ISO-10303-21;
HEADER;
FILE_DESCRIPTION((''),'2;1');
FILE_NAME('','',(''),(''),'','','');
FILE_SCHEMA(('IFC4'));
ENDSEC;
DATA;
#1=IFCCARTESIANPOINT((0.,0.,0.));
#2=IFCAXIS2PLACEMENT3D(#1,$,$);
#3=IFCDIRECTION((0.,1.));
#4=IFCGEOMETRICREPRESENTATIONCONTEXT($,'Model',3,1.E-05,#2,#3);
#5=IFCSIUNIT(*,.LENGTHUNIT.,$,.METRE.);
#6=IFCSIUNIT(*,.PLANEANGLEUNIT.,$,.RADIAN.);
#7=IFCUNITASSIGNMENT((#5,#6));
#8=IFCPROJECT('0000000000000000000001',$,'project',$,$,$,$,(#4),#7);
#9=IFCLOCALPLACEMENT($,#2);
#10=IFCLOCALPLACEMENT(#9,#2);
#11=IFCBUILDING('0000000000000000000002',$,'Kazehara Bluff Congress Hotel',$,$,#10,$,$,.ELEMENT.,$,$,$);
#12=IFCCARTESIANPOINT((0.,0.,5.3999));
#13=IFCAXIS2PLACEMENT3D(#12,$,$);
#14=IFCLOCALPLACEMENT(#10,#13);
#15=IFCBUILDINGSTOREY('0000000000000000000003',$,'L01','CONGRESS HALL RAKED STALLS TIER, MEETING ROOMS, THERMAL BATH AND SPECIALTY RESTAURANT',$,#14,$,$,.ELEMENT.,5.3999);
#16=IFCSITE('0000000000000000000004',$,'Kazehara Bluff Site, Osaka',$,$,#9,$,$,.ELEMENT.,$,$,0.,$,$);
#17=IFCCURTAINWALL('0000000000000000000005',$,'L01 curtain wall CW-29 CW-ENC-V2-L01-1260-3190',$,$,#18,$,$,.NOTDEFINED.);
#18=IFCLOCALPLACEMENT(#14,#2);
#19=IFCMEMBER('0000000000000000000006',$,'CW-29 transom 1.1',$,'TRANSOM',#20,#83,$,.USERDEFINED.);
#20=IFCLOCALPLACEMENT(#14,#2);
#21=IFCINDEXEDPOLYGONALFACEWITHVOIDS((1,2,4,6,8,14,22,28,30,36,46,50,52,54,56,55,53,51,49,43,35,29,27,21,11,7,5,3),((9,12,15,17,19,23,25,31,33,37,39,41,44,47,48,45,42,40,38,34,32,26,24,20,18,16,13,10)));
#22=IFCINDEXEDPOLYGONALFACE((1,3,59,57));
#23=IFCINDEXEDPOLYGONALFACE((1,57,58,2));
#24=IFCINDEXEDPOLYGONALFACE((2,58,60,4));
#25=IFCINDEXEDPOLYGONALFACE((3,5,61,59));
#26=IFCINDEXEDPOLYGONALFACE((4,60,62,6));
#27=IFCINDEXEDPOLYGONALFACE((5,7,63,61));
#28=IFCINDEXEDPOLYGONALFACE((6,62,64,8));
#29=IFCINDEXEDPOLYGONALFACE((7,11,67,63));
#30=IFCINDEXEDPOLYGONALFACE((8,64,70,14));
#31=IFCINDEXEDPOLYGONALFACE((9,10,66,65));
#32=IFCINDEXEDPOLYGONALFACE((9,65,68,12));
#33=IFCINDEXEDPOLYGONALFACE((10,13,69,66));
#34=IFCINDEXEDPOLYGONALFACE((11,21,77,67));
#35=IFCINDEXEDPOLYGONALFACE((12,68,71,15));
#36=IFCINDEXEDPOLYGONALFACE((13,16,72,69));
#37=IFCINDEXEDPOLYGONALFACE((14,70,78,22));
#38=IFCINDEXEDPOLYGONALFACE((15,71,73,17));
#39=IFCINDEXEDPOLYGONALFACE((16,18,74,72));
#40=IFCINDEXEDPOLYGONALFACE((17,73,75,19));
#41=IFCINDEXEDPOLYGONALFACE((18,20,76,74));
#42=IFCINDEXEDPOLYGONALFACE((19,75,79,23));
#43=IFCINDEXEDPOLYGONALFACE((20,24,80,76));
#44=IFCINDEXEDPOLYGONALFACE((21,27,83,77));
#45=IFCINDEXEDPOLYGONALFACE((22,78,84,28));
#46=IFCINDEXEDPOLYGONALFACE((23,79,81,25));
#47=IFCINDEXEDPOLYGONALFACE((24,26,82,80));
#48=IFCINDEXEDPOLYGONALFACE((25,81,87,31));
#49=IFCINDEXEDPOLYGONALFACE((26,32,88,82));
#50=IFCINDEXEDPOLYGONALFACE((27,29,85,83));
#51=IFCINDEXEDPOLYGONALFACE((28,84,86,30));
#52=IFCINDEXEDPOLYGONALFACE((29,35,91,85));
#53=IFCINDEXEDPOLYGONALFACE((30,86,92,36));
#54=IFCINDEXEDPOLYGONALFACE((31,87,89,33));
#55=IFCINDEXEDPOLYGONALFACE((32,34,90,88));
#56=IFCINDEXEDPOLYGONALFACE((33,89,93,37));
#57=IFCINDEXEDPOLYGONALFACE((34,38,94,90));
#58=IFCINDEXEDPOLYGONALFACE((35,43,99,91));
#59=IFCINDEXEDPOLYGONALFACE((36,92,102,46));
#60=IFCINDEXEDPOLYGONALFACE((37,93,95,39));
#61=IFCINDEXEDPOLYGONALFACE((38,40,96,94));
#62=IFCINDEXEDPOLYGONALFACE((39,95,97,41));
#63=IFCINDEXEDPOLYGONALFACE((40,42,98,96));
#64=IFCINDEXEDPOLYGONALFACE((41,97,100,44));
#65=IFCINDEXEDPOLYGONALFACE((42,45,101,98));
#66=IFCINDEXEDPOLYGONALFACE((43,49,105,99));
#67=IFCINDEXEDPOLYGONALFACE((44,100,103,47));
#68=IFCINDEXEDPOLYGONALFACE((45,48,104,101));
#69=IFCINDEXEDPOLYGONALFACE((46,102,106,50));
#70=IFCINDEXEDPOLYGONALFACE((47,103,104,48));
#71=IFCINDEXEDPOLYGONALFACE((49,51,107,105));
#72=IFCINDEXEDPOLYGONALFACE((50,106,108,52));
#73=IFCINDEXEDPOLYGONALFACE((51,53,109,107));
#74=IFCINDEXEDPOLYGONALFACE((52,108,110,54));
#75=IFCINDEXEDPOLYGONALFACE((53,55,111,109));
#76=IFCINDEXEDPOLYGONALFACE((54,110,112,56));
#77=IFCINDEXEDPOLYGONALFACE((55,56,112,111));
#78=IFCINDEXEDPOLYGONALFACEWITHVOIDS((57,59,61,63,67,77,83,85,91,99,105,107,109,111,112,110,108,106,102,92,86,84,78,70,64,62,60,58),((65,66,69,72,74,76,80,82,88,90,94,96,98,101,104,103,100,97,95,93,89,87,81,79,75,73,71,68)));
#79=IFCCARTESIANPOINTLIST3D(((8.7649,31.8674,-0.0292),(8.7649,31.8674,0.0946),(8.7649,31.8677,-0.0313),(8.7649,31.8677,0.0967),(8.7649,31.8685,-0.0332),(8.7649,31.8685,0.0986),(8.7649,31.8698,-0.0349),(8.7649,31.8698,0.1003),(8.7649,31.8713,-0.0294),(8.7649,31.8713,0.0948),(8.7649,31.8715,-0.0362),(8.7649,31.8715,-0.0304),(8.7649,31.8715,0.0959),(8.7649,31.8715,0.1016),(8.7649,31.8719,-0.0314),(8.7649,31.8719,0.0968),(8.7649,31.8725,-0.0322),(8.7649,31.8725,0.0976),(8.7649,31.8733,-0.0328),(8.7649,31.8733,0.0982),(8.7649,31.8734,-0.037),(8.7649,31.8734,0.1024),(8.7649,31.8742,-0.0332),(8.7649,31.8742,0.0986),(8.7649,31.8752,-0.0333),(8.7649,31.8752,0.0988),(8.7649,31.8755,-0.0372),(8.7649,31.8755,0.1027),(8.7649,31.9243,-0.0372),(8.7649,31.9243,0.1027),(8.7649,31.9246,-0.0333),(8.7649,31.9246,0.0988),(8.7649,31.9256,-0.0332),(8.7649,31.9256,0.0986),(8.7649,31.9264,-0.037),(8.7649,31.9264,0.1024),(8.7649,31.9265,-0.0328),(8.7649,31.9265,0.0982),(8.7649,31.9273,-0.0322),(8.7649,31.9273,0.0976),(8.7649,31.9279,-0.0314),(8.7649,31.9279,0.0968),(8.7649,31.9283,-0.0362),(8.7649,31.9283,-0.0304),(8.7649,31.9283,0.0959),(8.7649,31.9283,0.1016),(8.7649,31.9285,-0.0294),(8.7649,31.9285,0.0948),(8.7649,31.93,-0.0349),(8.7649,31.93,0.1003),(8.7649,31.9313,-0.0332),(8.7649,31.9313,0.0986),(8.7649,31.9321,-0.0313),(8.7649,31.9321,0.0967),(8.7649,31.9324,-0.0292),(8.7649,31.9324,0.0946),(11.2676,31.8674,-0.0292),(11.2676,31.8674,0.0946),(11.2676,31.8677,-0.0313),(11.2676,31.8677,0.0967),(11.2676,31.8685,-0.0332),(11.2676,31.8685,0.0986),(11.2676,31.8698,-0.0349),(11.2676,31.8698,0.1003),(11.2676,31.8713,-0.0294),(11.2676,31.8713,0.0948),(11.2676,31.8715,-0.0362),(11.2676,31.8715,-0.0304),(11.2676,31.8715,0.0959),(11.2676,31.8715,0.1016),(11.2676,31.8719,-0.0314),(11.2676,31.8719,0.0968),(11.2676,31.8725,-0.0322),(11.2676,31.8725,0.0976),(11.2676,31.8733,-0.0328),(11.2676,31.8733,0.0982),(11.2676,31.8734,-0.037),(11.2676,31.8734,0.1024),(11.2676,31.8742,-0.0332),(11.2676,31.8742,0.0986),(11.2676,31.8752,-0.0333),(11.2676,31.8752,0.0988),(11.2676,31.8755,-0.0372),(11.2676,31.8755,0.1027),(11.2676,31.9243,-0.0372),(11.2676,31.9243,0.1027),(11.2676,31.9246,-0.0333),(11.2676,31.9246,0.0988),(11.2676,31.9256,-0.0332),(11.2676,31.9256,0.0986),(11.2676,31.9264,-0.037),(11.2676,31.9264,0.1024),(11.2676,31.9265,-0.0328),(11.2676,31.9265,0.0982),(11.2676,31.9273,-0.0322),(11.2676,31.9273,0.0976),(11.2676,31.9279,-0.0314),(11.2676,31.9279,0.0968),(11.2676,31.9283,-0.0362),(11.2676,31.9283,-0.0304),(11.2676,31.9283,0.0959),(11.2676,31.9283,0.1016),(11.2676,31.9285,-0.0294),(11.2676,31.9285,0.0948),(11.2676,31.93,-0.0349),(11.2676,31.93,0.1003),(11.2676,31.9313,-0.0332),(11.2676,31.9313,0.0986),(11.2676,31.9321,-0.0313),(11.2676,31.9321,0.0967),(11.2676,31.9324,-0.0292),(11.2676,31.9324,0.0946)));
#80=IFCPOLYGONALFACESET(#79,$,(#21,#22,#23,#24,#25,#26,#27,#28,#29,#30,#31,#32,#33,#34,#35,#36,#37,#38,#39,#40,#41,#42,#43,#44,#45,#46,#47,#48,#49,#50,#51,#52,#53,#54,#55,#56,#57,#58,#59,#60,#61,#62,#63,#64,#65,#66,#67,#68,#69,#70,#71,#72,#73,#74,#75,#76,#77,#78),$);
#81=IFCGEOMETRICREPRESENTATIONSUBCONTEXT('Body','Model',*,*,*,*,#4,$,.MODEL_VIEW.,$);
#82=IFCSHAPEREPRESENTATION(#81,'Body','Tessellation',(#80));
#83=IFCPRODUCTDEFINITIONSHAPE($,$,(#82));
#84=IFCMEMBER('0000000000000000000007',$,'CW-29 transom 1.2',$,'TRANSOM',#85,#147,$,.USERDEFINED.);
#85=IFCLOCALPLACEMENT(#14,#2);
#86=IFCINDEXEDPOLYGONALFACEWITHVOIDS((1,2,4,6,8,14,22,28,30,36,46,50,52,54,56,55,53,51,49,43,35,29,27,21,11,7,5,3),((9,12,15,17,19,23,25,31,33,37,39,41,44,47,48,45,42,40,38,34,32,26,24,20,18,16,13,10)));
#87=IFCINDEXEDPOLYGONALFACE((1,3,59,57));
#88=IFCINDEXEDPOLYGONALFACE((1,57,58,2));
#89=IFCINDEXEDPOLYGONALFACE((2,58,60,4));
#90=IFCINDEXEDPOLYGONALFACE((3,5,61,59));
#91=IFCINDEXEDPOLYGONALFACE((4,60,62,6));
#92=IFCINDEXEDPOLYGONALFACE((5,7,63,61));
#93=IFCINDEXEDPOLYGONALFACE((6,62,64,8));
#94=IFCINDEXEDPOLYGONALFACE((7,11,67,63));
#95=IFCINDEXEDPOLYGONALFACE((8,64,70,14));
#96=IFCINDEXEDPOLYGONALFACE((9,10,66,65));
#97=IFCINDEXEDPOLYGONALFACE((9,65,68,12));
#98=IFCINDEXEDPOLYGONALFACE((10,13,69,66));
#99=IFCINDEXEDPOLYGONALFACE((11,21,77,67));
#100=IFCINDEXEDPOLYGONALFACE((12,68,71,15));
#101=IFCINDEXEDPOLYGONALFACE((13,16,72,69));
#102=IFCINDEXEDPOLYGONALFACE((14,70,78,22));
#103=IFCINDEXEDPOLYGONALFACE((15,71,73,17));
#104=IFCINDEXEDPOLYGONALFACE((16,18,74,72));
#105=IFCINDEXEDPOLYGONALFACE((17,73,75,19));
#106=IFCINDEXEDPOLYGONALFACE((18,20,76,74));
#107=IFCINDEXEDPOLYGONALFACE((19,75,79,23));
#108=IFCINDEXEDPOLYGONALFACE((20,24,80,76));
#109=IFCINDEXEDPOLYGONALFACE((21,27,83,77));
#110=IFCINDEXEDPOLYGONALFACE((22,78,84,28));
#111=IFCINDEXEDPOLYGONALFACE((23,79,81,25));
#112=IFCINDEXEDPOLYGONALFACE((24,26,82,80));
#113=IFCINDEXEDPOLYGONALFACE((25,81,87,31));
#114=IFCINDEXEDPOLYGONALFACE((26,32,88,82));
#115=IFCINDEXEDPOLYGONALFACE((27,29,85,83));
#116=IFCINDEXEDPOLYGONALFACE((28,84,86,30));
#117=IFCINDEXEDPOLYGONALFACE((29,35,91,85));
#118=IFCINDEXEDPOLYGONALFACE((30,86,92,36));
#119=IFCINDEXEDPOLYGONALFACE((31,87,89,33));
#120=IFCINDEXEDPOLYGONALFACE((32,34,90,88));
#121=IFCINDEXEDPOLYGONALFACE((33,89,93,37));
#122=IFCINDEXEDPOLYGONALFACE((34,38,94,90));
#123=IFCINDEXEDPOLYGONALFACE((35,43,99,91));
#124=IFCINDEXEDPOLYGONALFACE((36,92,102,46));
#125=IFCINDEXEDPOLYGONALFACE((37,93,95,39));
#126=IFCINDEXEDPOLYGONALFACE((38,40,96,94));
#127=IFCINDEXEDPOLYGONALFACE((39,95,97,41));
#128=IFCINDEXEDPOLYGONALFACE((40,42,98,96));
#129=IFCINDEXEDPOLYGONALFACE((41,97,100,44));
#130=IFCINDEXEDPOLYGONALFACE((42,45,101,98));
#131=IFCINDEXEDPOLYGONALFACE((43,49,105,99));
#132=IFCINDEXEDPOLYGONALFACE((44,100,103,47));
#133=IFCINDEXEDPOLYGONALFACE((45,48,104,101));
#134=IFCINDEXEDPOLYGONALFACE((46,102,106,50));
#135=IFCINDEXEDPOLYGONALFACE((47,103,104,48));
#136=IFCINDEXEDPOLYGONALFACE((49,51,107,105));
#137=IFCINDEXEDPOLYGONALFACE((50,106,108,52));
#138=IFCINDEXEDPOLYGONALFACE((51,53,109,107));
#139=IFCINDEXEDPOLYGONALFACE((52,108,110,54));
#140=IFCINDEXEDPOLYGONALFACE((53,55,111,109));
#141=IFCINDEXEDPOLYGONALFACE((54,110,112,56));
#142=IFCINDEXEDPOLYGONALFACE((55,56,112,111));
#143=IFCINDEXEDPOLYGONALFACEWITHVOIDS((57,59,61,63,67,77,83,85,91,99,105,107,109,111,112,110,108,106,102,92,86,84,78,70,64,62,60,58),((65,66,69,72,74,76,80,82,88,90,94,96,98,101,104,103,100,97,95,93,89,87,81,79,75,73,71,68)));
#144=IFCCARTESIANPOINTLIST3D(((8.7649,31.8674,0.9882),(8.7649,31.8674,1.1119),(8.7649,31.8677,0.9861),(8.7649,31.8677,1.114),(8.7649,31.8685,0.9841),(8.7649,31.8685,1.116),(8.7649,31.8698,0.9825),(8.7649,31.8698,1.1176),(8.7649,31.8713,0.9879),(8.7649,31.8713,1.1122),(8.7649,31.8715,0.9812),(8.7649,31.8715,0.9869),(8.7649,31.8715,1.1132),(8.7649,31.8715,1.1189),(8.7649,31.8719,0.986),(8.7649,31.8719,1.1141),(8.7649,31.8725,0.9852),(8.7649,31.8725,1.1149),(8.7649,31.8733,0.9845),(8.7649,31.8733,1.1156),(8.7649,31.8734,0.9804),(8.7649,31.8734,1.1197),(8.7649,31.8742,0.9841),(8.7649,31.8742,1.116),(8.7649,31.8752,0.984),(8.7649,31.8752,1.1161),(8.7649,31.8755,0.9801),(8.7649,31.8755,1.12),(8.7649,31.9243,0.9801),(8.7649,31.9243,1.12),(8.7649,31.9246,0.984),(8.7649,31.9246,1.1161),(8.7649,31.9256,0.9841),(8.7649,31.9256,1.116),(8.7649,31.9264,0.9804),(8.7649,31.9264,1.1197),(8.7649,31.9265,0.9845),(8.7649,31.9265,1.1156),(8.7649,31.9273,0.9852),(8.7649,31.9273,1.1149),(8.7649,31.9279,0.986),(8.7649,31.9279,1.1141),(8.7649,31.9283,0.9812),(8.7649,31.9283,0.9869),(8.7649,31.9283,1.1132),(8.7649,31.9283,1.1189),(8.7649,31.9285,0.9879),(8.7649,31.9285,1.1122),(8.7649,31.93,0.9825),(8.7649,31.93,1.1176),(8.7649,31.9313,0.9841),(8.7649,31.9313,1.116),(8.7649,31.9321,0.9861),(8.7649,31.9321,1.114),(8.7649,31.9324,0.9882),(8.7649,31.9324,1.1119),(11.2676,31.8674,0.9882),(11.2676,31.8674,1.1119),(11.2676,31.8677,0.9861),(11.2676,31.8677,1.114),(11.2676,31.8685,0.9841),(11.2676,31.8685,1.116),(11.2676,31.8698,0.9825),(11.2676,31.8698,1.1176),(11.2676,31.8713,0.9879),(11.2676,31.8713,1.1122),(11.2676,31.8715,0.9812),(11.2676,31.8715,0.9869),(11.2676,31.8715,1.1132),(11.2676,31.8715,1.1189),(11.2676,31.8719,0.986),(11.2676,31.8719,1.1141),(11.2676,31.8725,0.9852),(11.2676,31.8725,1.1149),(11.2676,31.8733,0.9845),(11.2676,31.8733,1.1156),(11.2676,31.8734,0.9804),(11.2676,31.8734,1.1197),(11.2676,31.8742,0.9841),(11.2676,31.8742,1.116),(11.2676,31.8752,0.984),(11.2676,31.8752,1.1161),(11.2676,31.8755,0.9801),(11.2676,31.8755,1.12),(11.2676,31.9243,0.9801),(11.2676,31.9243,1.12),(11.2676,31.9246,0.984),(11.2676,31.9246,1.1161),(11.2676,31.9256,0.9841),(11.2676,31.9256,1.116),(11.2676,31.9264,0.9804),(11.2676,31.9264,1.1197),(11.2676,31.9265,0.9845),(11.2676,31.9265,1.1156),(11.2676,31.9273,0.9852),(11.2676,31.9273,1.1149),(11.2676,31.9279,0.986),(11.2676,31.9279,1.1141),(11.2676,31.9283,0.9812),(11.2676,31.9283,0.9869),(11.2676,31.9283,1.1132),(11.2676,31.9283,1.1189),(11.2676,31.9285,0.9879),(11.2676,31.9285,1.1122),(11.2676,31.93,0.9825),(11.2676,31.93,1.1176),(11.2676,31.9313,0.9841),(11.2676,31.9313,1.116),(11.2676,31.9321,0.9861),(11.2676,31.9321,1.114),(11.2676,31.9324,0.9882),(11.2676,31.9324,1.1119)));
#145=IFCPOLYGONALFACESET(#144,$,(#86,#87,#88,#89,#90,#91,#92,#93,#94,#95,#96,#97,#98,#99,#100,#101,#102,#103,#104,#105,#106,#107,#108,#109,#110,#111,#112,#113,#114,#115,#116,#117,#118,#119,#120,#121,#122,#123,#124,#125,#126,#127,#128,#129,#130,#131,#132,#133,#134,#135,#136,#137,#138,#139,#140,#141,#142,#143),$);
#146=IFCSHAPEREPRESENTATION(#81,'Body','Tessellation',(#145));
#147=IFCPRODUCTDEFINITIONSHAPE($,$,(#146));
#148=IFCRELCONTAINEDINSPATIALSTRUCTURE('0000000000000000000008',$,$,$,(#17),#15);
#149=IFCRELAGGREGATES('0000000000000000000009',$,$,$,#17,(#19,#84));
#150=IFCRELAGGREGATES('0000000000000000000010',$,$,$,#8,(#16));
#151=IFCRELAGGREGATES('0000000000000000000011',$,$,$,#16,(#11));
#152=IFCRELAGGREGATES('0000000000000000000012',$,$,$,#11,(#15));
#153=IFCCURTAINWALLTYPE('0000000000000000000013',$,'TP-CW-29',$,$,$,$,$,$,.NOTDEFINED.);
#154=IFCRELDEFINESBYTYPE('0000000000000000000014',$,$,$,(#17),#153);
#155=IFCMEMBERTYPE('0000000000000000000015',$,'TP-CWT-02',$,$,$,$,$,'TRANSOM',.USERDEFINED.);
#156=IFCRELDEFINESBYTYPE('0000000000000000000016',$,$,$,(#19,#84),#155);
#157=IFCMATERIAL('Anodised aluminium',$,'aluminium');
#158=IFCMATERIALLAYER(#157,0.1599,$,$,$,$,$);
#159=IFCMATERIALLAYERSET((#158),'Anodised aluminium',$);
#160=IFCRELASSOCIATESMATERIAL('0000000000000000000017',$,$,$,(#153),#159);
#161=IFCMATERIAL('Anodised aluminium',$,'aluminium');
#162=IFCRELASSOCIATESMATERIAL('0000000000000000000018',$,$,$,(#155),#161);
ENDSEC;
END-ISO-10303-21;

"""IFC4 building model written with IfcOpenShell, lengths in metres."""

from ifc_helpers import new_model, si_unit, direction, frame, origin, origin_2d, place, context, subcontext, project, spatial, hollow_rectangle, extrude, material, layer, layer_set, material_profile, profile_set, type_object, element, aggregate, save


model = new_model("IFC4")

# Units and contexts
model_context = context("Model", 3, precision=1e-05, world=origin(), true_north=direction((0.0, 1.0)))
body_context = subcontext(model_context, "Body", "Model", "MODEL_VIEW")
ifc_project = project(units=[si_unit("LENGTHUNIT", "METRE"), si_unit("PLANEANGLEUNIT", "RADIAN")], contexts=[model_context])

# Site, building, storey
site_placement = place(None, origin())
site = spatial("IfcSite", under=ifc_project, at=site_placement, Name="Kazehara Bluff Site, Osaka", CompositionType="ELEMENT", RefElevation=0.0)
building_placement = place(site_placement, origin())
building = spatial("IfcBuilding", under=site, at=building_placement, Name="Kazehara Bluff Congress Hotel", CompositionType="ELEMENT")
storey_placement = place(building_placement, frame((0.0, 0.0, 5.3999)))
storey = spatial("IfcBuildingStorey", under=building, at=storey_placement, Name="L01", Description="CONGRESS HALL RAKED STALLS TIER, MEETING ROOMS, THERMAL BATH AND SPECIALTY RESTAURANT", CompositionType="ELEMENT", Elevation=5.3999)

# Curtain wall
ifc_material_1 = material(Name="Anodised aluminium", Category="aluminium")
ifc_layer_1 = layer(ifc_material_1, 0.1599)
ifc_layer_set_1 = layer_set([ifc_layer_1], Name="Anodised aluminium")
curtain_wall_type_1 = type_object("IfcCurtainWallType", Name="TP-CW-29", PredefinedType="NOTDEFINED", material=ifc_layer_set_1)
curtain_wall_1_placement = place(storey_placement, origin())
curtain_wall_1 = element("IfcCurtainWall", 1, at=curtain_wall_1_placement, inside=storey, type_object=curtain_wall_type_1, Name="L01 curtain wall CW-29 CW-ENC-V2-L01-1260-3190", PredefinedType="NOTDEFINED")

# Members
ifc_material_2 = material(Name="Anodised aluminium", Category="aluminium")
ifc_material_profile_1 = material_profile(ifc_material_2, hollow_rectangle(XDim=0.0649, YDim=0.1399, WallThickness=0.0039, InnerFilletRadius=0.0039, OuterFilletRadius=0.0081, at=origin_2d()))
ifc_profile_set_1 = profile_set([ifc_material_profile_1], Name="Anodised aluminium")
member_type_1 = type_object("IfcMemberType", Name="TP-CWT-02", ElementType="TRANSOM", PredefinedType="USERDEFINED", material=ifc_profile_set_1)
member_1_placement = place(storey_placement, frame((8.7649, 31.8999, 0.0327), z_axis=(1.0, 0.0, 0.0), x_axis=(0.0, 1.0, 0.0)))
member_1 = element("IfcMember", 2, at=member_1_placement, type_object=member_type_1, Name="CW-29 transom 1.1", ObjectType="TRANSOM", PredefinedType="USERDEFINED", context=body_context, shape_type="SweptSolid", body=[
    extrude(hollow_rectangle(XDim=0.0649, YDim=0.1399, WallThickness=0.0039, InnerFilletRadius=0.0039, OuterFilletRadius=0.0081, at=origin_2d()), origin(), (0.0, 0.0, 1.0), 2.5027),
])
member_2_placement = place(storey_placement, frame((8.7649, 31.8999, 1.05), z_axis=(1.0, 0.0, 0.0), x_axis=(0.0, 1.0, 0.0)))
member_2 = element("IfcMember", 3, at=member_2_placement, type_object=member_type_1, Name="CW-29 transom 1.2", ObjectType="TRANSOM", PredefinedType="USERDEFINED", context=body_context, shape_type="SweptSolid", body=[
    extrude(hollow_rectangle(XDim=0.0649, YDim=0.1399, WallThickness=0.0039, InnerFilletRadius=0.0039, OuterFilletRadius=0.0081, at=origin_2d()), origin(), (0.0, 0.0, 1.0), 2.5027),
])

aggregate(curtain_wall_1, [member_1, member_2])

save(model, "model.ifc")
